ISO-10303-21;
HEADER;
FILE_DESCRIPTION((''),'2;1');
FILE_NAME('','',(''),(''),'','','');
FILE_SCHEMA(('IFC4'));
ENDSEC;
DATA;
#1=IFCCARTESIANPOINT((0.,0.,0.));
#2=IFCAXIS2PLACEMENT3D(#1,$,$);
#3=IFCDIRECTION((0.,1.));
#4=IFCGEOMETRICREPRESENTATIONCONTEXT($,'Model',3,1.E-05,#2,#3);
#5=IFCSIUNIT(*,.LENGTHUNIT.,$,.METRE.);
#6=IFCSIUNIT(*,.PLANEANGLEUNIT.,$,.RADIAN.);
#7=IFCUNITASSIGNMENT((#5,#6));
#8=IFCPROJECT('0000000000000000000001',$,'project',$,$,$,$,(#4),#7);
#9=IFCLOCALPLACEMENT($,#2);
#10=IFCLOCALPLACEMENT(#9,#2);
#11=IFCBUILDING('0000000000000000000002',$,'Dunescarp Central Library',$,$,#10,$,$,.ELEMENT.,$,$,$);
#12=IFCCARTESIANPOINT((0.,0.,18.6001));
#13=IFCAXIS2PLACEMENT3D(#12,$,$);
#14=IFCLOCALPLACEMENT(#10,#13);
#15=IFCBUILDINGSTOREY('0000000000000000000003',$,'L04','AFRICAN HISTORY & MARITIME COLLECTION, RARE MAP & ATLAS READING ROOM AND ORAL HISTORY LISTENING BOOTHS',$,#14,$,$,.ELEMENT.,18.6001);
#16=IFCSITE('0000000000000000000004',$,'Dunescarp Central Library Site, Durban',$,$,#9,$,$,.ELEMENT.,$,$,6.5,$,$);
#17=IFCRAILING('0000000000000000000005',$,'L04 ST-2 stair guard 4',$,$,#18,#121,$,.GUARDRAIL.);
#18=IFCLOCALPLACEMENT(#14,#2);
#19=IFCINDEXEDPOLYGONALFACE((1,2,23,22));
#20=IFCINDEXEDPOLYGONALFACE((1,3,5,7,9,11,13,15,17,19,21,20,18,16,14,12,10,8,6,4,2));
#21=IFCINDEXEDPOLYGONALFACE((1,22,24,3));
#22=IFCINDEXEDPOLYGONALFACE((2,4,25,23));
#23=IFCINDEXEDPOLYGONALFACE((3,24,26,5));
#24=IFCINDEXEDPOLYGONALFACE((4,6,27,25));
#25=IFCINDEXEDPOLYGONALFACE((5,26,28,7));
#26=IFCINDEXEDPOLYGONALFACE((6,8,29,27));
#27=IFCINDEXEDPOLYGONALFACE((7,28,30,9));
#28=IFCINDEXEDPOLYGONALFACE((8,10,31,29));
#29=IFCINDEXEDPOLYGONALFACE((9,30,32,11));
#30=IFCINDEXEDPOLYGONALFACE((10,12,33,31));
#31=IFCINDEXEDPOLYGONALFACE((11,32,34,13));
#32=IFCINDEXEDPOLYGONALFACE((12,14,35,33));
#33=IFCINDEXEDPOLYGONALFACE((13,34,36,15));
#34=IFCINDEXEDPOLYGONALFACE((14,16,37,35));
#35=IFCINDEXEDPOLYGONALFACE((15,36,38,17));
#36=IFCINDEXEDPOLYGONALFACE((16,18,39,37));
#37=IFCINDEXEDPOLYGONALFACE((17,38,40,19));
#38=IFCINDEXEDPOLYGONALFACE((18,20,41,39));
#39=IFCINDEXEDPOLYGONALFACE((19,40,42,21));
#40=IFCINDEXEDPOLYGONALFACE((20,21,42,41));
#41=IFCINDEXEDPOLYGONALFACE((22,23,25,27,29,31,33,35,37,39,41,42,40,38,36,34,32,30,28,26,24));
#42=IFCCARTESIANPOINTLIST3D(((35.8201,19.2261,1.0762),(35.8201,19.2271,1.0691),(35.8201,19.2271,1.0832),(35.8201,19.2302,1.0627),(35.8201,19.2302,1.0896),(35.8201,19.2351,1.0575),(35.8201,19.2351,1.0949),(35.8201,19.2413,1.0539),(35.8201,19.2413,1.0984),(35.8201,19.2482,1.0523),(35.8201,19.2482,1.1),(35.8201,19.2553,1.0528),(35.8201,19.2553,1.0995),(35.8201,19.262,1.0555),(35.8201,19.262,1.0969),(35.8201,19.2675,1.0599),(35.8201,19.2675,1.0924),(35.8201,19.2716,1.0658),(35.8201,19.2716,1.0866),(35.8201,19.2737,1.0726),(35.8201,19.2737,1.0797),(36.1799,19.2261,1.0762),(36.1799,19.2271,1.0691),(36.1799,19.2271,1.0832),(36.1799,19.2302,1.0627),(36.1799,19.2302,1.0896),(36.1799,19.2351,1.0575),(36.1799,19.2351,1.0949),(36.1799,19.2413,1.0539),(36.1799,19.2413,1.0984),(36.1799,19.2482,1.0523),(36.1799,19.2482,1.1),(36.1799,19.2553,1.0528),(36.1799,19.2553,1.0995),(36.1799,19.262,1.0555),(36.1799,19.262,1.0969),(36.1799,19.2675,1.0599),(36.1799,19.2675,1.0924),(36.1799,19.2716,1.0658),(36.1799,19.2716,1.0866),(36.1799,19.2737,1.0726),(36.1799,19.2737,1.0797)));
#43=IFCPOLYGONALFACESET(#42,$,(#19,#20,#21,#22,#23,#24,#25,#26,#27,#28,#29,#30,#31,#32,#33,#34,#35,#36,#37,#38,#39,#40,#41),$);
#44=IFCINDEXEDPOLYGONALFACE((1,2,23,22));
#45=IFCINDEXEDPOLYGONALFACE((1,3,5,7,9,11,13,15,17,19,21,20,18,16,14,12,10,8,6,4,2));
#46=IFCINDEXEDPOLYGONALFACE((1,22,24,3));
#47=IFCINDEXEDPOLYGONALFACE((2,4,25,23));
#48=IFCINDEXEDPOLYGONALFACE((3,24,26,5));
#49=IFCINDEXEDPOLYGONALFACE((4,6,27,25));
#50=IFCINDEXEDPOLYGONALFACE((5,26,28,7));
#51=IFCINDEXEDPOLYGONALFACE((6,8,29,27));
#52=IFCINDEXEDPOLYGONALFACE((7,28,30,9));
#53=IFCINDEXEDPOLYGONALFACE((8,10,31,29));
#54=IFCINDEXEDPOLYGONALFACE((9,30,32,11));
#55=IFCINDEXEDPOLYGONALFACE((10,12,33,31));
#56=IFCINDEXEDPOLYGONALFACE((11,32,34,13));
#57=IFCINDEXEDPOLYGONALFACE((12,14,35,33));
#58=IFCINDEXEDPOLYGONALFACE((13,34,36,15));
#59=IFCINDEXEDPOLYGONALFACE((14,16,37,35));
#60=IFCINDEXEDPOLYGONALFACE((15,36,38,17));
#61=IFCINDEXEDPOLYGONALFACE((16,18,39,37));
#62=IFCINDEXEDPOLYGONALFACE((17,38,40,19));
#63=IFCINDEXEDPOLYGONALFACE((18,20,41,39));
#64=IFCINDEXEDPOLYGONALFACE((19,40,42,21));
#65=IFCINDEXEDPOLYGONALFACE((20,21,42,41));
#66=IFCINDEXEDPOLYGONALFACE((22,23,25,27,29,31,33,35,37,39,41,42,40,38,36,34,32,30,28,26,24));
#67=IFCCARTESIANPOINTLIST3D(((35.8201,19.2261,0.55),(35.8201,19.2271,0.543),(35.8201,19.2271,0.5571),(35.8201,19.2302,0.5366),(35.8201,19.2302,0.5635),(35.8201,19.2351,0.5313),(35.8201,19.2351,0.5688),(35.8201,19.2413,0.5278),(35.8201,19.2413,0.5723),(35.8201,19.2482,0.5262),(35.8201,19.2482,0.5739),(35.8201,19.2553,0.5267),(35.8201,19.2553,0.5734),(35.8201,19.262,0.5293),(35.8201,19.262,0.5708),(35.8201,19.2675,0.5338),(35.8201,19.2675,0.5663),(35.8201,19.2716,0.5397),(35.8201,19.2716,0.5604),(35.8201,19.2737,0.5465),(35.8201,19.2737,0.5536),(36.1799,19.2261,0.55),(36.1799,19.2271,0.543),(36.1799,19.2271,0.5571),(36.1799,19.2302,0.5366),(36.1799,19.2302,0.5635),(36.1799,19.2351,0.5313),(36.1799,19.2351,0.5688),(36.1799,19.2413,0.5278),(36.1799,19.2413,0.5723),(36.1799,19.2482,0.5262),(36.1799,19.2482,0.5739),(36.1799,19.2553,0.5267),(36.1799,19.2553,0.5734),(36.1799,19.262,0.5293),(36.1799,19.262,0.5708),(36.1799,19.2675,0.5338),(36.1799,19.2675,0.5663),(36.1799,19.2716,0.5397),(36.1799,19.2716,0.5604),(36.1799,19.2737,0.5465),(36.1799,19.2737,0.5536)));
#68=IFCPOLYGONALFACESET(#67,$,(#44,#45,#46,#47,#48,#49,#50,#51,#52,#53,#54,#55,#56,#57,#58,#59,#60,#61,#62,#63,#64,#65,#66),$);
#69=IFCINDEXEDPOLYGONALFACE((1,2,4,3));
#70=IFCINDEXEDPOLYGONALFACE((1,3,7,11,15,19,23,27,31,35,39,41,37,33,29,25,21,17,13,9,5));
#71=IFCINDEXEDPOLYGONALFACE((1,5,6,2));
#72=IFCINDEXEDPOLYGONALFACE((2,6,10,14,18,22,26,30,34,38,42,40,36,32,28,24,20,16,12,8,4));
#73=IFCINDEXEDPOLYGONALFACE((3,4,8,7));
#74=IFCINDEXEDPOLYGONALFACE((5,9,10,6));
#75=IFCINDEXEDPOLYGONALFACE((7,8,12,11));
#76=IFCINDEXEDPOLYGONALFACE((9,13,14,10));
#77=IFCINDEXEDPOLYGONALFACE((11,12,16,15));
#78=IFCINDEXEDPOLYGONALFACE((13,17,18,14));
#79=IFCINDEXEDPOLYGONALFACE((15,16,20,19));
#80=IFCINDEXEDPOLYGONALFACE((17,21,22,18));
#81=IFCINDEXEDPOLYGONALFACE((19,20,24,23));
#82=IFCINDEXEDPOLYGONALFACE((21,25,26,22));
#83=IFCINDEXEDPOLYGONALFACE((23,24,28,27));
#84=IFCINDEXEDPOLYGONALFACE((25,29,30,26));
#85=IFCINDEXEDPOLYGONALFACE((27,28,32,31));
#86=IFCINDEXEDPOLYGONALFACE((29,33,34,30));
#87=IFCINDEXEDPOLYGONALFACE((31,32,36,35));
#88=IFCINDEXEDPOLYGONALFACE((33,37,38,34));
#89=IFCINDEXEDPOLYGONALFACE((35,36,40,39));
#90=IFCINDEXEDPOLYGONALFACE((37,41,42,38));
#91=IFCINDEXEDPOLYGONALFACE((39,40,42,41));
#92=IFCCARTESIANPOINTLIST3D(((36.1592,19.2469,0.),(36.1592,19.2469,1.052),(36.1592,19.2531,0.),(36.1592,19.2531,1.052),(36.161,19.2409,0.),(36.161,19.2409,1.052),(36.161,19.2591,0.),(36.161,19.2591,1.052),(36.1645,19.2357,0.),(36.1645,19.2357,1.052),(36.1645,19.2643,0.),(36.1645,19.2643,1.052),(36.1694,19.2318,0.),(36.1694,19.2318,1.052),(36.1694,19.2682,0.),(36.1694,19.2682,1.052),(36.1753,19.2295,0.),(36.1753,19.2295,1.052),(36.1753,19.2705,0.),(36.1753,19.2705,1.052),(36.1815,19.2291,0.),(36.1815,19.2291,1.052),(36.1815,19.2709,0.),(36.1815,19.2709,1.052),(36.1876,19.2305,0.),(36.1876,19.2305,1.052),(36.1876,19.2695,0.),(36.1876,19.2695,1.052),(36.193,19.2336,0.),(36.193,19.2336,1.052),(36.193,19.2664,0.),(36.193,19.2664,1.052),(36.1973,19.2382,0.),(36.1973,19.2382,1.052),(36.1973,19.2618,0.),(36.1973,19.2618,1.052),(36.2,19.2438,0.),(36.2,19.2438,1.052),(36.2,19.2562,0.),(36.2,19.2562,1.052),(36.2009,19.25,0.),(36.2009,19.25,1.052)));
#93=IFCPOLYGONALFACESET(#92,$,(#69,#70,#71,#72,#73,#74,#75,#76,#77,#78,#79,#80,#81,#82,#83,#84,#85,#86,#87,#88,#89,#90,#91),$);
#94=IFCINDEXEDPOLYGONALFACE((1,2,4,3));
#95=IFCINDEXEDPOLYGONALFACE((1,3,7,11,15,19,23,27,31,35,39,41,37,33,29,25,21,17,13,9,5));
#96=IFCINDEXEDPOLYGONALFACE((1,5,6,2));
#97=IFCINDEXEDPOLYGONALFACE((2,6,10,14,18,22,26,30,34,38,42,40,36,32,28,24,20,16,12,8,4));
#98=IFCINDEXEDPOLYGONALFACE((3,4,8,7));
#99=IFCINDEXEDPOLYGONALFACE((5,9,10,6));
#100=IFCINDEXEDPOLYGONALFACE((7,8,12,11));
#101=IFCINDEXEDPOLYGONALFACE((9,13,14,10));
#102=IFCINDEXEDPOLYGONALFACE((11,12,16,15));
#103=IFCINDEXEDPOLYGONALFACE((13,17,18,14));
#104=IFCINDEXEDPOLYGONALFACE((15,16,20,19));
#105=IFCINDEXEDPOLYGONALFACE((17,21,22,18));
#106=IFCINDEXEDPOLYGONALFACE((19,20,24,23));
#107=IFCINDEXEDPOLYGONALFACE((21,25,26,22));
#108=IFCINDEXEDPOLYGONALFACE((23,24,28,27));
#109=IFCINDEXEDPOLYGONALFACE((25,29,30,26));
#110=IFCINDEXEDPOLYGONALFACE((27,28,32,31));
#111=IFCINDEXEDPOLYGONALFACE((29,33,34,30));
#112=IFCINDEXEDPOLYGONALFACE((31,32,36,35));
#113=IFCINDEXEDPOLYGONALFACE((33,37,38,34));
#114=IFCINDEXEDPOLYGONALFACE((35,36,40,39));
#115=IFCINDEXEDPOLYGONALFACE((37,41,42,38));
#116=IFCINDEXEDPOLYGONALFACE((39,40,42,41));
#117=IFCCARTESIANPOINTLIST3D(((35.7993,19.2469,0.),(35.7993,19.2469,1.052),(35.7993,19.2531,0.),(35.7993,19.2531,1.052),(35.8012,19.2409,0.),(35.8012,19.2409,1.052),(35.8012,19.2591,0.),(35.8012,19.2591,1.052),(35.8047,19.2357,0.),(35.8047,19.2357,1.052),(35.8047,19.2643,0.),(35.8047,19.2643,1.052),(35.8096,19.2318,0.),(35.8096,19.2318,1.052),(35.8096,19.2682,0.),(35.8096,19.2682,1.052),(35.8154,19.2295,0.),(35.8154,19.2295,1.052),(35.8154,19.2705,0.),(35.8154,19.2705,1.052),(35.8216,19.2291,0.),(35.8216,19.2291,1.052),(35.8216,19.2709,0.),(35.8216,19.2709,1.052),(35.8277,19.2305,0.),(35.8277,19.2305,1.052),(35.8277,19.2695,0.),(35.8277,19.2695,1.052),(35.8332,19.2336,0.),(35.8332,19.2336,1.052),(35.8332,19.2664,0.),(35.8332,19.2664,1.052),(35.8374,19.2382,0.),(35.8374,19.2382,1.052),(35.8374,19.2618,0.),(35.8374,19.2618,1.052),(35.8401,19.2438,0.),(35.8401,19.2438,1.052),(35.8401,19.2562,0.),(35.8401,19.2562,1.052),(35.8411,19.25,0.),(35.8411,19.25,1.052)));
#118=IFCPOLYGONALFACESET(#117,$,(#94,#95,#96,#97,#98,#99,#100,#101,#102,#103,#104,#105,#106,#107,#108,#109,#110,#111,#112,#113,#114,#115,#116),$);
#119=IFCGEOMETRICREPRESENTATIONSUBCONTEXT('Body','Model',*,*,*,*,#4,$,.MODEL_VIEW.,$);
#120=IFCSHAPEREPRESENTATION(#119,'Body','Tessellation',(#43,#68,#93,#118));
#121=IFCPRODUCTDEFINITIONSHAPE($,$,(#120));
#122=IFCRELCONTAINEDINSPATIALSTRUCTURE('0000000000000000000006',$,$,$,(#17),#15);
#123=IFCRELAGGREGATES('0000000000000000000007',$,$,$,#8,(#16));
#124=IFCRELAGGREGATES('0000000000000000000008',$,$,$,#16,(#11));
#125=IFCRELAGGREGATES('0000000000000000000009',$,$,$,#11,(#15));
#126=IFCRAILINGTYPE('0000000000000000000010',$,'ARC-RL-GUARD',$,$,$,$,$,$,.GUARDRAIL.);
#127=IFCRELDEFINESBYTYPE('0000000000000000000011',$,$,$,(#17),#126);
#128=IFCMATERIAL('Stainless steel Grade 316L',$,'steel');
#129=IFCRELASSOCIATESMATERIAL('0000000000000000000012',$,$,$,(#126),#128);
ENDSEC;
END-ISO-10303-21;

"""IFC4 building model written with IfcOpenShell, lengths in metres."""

from ifc_helpers import new_model, si_unit, direction, frame, origin, origin_2d, place, context, subcontext, project, spatial, circle, extrude, material, type_object, element, save


model = new_model("IFC4")

# Units and contexts
model_context = context("Model", 3, precision=1e-05, world=origin(), true_north=direction((0.0, 1.0)))
body_context = subcontext(model_context, "Body", "Model", "MODEL_VIEW")
ifc_project = project(units=[si_unit("LENGTHUNIT", "METRE"), si_unit("PLANEANGLEUNIT", "RADIAN")], contexts=[model_context])

# Site, building, storey
site_placement = place(None, origin())
site = spatial("IfcSite", under=ifc_project, at=site_placement, Name="Dunescarp Central Library Site, Durban", CompositionType="ELEMENT", RefElevation=6.5)
building_placement = place(site_placement, origin())
building = spatial("IfcBuilding", under=site, at=building_placement, Name="Dunescarp Central Library", CompositionType="ELEMENT")
storey_placement = place(building_placement, frame((0.0, 0.0, 18.6001)))
storey = spatial("IfcBuildingStorey", under=building, at=storey_placement, Name="L04", Description="AFRICAN HISTORY & MARITIME COLLECTION, RARE MAP & ATLAS READING ROOM AND ORAL HISTORY LISTENING BOOTHS", CompositionType="ELEMENT", Elevation=18.6001)

# Railing
ifc_material_1 = material(Name="Stainless steel Grade 316L", Category="steel")
railing_type_1 = type_object("IfcRailingType", Name="ARC-RL-GUARD", PredefinedType="GUARDRAIL", material=ifc_material_1)
railing_1_placement = place(storey_placement, frame((36.1799, 19.25, 0.0)))
element("IfcRailing", 1, at=railing_1_placement, inside=storey, type_object=railing_type_1, Name="L04 ST-2 stair guard 4", PredefinedType="GUARDRAIL", context=body_context, shape_type="SweptSolid", body=[
    extrude(circle(Radius=0.0239, at=origin_2d()), frame((0.0, 0.0, 1.0762), z_axis=(-1.0, 0.0, 0.0), x_axis=(0.0, -1.0, 0.0)), (0.0, 0.0, 1.0), 0.3599),
    extrude(circle(Radius=0.0239, at=origin_2d()), frame((0.0, 0.0, 0.55), z_axis=(-1.0, 0.0, 0.0), x_axis=(0.0, -1.0, 0.0)), (0.0, 0.0, 1.0), 0.3599),
    extrude(circle(Radius=0.021, at=origin_2d()), origin(), (0.0, 0.0, 1.0), 1.052),
    extrude(circle(Radius=0.021, at=origin_2d()), frame((-0.3599, 0.0, 0.0)), (0.0, 0.0, 1.0), 1.052),
])

save(model, "model.ifc")
